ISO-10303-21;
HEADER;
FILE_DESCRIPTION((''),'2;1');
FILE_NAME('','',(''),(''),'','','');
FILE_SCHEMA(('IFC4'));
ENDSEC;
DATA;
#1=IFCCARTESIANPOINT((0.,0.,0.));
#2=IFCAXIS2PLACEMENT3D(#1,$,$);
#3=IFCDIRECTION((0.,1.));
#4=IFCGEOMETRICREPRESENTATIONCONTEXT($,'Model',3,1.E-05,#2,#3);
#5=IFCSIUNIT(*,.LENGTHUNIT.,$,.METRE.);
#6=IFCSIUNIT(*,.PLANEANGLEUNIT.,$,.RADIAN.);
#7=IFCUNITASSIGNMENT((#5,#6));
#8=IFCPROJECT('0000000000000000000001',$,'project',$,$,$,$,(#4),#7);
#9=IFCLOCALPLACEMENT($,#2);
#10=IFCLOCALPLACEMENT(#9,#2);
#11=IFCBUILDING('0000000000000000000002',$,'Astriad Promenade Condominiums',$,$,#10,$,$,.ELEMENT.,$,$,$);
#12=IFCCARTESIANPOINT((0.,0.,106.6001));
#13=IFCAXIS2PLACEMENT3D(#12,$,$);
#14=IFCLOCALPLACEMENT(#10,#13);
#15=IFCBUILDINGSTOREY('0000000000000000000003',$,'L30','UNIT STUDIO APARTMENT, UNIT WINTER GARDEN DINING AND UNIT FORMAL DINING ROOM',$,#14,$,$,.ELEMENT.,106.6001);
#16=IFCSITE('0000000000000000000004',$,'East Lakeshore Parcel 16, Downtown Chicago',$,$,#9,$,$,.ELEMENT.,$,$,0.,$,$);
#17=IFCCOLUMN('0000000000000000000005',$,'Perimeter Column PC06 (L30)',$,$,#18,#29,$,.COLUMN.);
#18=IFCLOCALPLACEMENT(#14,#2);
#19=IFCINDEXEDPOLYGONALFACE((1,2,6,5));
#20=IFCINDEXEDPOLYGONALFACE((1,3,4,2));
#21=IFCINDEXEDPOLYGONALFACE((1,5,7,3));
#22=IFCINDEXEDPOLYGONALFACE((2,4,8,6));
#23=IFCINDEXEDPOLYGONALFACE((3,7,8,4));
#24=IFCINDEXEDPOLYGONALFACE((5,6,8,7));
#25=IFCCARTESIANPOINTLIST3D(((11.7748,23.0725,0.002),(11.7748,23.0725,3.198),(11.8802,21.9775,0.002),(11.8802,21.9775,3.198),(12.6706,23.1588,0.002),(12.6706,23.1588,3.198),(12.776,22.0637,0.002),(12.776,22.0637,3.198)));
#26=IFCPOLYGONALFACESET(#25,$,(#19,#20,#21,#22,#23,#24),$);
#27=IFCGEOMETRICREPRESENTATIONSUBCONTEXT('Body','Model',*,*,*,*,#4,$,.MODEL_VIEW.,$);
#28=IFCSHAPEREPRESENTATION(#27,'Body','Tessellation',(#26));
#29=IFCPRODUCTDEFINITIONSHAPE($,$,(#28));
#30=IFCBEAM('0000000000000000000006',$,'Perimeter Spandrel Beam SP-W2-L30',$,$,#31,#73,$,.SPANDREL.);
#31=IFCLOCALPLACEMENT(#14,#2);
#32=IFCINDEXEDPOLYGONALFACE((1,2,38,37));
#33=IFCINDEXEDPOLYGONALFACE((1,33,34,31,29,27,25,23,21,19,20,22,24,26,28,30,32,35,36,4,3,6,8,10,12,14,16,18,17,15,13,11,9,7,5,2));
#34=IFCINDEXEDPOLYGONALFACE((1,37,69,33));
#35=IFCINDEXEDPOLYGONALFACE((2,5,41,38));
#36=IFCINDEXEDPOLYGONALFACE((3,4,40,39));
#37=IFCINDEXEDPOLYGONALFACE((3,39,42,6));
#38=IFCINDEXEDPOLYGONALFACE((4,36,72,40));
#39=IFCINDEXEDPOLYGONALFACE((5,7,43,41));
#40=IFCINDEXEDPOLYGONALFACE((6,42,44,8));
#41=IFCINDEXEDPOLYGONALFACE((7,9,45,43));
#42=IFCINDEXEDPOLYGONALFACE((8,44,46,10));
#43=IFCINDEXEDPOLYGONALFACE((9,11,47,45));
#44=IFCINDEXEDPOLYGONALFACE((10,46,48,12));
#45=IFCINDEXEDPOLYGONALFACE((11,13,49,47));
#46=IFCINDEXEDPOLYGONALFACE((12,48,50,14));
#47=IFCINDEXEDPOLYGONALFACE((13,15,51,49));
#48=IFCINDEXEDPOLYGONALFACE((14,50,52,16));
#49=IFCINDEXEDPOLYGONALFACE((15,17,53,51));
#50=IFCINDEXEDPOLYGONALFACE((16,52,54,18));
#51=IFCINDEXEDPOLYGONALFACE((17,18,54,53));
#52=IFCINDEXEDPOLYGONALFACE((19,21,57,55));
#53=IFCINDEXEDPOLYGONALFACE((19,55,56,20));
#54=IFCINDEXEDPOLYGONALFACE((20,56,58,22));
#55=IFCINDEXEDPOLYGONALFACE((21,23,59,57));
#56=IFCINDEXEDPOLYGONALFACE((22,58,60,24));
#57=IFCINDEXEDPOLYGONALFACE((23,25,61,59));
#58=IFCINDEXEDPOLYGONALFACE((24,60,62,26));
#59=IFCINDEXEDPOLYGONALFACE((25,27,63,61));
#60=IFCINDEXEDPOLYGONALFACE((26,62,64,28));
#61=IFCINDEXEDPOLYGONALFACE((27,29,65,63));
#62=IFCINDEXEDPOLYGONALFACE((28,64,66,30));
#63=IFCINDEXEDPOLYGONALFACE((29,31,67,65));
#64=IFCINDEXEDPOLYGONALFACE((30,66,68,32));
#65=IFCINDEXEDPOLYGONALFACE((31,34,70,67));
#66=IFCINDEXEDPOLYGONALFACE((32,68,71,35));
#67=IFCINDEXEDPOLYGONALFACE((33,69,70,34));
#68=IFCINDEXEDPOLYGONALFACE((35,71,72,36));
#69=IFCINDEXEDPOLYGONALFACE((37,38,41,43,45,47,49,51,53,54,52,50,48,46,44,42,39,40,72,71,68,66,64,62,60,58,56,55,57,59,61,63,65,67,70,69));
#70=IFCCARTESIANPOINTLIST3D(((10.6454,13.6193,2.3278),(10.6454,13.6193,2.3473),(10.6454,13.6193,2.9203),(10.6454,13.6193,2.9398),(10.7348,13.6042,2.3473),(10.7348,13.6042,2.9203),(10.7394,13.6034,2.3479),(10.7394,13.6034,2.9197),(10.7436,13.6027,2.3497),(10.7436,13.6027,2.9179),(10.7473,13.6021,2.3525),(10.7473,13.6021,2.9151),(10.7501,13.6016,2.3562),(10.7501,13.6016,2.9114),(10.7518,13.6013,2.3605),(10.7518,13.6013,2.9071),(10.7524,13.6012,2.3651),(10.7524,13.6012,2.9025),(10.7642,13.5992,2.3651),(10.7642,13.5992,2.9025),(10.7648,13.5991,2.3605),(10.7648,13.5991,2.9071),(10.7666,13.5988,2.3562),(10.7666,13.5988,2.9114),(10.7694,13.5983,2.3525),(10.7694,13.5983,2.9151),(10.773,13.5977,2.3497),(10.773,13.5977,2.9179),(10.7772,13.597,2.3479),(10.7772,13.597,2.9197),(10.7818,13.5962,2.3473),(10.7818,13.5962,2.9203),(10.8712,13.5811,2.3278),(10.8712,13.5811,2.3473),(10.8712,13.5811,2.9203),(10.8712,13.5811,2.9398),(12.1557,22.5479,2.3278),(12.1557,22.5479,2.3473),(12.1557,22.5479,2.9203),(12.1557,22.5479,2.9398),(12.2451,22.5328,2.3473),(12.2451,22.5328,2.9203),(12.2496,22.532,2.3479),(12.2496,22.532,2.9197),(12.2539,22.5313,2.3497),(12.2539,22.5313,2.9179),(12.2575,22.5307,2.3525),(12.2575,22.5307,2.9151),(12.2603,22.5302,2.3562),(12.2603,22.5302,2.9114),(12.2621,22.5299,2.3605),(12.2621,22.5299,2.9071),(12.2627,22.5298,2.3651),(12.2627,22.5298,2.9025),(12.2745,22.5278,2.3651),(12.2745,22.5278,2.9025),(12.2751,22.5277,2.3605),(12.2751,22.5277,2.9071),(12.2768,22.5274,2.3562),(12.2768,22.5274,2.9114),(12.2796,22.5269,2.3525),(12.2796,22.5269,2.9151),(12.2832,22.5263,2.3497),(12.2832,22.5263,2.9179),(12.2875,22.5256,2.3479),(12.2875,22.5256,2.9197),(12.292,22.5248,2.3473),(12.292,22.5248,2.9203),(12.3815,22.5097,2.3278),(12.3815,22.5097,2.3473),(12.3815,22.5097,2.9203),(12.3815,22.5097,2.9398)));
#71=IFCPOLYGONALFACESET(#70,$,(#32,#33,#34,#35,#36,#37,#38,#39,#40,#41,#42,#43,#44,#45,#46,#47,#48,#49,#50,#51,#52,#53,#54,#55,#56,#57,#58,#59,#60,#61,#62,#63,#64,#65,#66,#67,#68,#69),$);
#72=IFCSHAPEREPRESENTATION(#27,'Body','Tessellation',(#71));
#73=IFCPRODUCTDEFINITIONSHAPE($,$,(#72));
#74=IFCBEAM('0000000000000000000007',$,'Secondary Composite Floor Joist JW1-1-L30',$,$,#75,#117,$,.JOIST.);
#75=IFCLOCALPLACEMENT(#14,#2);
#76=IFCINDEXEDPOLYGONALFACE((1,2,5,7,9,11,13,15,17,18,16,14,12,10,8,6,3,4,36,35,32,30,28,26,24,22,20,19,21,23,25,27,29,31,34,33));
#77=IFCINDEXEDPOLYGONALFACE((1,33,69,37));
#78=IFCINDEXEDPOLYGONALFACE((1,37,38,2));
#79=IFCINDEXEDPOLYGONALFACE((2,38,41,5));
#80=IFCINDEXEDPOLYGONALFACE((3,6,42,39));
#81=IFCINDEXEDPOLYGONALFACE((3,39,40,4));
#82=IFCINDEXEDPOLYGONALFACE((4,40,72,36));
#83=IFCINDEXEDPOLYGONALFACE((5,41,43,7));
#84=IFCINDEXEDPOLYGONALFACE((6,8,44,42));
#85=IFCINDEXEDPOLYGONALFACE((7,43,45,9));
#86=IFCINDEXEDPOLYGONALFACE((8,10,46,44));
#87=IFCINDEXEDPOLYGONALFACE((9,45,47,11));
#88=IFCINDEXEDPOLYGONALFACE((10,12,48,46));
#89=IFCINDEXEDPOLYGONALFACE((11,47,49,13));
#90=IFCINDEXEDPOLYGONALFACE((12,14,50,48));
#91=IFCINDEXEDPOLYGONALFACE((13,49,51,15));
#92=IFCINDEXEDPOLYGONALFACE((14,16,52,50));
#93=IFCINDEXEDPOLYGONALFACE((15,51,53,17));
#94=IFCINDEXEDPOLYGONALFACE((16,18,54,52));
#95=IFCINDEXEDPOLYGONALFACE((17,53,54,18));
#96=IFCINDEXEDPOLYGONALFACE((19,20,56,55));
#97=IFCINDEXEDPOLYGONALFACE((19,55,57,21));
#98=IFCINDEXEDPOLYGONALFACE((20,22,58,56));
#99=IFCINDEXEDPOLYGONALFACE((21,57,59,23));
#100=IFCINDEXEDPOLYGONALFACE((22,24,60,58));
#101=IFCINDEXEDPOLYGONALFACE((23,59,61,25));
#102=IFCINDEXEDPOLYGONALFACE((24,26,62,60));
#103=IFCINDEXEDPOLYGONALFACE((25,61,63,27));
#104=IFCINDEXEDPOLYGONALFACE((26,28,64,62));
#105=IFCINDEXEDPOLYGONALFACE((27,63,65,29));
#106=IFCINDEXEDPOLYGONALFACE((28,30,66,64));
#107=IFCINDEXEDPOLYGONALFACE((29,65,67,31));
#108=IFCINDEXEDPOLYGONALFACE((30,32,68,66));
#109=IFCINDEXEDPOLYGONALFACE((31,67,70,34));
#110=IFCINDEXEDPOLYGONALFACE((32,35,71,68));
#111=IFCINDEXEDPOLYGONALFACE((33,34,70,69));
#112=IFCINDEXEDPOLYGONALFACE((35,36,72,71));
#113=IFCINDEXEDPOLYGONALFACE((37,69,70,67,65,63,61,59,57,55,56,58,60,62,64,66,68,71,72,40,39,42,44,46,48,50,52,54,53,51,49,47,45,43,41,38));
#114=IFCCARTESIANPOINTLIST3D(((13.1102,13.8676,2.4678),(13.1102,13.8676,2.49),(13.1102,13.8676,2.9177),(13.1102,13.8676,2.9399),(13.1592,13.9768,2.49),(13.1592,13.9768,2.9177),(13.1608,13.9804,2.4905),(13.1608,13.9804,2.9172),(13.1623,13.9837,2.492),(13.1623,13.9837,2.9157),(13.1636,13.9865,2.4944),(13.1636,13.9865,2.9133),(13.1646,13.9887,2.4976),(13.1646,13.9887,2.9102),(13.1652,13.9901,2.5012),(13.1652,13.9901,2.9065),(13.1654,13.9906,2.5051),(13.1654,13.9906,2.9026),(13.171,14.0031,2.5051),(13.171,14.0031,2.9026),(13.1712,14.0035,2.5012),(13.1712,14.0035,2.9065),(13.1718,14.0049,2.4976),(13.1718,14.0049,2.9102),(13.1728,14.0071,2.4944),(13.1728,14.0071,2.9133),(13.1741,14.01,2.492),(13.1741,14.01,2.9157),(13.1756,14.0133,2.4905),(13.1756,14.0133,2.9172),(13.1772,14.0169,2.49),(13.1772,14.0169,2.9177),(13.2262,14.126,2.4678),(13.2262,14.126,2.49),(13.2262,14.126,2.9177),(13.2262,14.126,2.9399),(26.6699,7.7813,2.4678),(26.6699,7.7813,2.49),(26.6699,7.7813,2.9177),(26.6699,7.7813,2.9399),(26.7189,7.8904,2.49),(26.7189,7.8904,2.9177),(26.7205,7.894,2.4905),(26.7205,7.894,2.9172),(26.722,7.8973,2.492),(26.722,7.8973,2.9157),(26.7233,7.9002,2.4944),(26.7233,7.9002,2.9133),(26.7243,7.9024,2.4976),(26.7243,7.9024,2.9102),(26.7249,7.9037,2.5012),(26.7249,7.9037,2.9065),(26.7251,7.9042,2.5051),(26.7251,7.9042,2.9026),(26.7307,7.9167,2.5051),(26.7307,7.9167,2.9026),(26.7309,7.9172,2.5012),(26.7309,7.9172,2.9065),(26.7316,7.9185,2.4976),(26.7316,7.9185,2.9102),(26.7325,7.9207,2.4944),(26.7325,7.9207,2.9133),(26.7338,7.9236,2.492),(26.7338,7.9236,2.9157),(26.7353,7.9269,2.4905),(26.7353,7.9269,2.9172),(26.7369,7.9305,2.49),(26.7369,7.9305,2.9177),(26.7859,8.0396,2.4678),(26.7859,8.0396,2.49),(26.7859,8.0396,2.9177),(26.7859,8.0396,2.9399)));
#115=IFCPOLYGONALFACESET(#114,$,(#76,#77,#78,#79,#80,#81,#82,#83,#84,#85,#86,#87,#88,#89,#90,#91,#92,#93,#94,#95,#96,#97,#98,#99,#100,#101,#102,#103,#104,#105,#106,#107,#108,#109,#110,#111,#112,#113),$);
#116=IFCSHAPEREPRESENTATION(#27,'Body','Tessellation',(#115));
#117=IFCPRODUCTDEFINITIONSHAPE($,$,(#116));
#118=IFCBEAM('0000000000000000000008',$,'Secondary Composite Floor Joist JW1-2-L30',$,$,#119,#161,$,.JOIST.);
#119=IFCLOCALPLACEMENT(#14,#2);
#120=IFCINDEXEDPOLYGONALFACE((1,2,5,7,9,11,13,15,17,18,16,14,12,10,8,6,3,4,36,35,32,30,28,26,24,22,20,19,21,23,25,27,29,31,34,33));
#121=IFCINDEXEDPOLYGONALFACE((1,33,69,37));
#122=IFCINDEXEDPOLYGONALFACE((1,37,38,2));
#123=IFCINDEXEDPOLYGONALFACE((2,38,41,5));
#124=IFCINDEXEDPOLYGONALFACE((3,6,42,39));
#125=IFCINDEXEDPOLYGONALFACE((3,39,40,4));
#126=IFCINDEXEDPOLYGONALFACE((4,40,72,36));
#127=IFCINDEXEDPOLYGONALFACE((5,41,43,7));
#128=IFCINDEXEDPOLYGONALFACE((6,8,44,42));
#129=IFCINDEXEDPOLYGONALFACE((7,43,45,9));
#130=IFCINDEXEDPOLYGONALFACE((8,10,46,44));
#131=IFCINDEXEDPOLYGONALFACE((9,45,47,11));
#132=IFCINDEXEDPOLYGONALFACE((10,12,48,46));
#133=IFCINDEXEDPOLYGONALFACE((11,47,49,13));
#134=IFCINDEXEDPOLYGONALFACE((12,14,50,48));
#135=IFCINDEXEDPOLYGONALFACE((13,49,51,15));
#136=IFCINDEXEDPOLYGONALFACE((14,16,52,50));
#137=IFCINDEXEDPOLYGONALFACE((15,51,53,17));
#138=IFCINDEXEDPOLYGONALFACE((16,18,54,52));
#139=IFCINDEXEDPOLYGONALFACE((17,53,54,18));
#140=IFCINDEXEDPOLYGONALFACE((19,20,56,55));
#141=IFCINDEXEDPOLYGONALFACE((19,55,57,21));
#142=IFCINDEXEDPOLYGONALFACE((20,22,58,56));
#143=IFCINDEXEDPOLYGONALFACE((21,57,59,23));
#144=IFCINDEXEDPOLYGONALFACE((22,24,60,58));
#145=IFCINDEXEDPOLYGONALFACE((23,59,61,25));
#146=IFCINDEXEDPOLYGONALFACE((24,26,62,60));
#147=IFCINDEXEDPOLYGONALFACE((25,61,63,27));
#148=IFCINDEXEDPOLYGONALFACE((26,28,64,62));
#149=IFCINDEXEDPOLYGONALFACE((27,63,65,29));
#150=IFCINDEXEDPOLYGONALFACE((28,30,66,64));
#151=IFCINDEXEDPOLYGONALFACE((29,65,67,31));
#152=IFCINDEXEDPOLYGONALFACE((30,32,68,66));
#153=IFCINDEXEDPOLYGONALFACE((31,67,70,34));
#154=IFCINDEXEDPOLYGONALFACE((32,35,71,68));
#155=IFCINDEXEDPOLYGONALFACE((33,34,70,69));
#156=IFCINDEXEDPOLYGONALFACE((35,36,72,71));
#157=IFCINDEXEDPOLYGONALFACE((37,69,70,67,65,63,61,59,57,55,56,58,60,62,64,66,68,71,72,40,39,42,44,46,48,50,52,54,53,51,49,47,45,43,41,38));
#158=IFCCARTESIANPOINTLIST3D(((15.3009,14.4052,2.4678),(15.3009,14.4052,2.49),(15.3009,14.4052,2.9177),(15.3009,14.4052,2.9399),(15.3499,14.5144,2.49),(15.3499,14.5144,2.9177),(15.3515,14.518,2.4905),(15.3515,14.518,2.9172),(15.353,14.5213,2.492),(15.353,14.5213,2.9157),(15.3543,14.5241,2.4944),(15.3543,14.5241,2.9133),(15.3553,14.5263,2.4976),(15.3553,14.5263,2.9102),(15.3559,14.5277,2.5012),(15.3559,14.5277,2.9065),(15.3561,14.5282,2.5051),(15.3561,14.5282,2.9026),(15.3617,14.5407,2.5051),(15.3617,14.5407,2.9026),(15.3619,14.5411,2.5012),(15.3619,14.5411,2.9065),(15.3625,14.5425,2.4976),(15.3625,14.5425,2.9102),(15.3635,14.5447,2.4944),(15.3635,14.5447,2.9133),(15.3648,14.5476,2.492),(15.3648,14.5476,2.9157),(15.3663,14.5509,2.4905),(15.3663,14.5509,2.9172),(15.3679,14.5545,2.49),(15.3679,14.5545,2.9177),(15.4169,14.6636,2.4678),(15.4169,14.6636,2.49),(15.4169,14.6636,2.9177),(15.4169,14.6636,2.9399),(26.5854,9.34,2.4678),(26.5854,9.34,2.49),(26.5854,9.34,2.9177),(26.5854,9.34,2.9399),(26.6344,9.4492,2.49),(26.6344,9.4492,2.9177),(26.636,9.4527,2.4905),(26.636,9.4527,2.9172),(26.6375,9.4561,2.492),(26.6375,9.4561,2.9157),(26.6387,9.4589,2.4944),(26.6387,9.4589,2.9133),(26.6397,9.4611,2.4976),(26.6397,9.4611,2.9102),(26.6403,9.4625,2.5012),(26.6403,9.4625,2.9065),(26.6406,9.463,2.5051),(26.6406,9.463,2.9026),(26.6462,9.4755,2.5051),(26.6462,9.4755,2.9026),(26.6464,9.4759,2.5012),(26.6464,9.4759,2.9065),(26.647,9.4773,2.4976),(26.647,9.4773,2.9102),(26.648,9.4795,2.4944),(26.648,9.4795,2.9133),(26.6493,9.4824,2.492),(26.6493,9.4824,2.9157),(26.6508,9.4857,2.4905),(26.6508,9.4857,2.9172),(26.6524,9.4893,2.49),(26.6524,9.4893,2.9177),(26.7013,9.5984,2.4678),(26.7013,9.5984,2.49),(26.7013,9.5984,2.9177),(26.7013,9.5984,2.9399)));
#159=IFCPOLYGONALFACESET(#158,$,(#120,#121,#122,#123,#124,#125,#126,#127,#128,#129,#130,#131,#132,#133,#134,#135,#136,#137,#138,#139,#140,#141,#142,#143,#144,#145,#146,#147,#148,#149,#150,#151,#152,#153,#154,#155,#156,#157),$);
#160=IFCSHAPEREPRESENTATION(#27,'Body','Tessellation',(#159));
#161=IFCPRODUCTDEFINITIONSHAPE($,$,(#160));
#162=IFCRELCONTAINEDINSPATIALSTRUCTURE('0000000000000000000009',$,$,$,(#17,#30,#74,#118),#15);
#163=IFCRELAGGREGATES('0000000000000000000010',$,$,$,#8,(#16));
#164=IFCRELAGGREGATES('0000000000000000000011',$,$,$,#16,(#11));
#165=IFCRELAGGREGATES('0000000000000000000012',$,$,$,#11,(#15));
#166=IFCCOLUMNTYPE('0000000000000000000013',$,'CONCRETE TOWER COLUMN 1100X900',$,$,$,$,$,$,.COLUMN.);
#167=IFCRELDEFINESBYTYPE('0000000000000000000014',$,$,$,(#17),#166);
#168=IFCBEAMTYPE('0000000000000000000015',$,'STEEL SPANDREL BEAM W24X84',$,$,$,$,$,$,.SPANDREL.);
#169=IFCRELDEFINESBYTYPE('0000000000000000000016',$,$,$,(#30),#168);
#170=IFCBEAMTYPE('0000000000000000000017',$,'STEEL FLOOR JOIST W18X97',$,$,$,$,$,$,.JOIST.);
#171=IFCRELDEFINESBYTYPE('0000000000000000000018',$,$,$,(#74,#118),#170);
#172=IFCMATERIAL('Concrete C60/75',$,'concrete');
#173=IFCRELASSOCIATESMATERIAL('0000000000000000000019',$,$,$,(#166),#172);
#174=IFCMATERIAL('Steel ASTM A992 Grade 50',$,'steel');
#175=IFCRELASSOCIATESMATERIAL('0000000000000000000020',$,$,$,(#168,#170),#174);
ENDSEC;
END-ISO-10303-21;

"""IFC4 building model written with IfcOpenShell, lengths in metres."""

from ifc_helpers import new_model, si_unit, direction, frame, origin, origin_2d, place, context, subcontext, project, spatial, rectangle, i_section, extrude, source, transform, mapped, material, material_profile, profile_set, type_object, type_shapes, element, save


model = new_model("IFC4")

# Units and contexts
model_context = context("Model", 3, precision=1e-05, world=origin(), true_north=direction((0.0, 1.0)))
body_context = subcontext(model_context, "Body", "Model", "MODEL_VIEW")
ifc_project = project(units=[si_unit("LENGTHUNIT", "METRE"), si_unit("PLANEANGLEUNIT", "RADIAN")], contexts=[model_context])

# Site, building, storey
site_placement = place(None, origin())
site = spatial("IfcSite", under=ifc_project, at=site_placement, Name="East Lakeshore Parcel 16, Downtown Chicago", CompositionType="ELEMENT", RefElevation=0.0)
building_placement = place(site_placement, origin())
building = spatial("IfcBuilding", under=site, at=building_placement, Name="Astriad Promenade Condominiums", CompositionType="ELEMENT")
storey_placement = place(building_placement, frame((0.0, 0.0, 106.6001)))
storey = spatial("IfcBuildingStorey", under=building, at=storey_placement, Name="L30", Description="UNIT STUDIO APARTMENT, UNIT WINTER GARDEN DINING AND UNIT FORMAL DINING ROOM", CompositionType="ELEMENT", Elevation=106.6001)

# Column
ifc_material_1 = material(Name="Concrete C60/75", Category="concrete")
ifc_material_profile_1 = material_profile(ifc_material_1, rectangle(XDim=0.8999, YDim=1.1001, at=origin_2d()), Name="RC-COL-1100X900")
ifc_profile_set_1 = profile_set([ifc_material_profile_1], Name="Concrete C60/75")
column_type = type_object("IfcColumnType", Name="CONCRETE TOWER COLUMN 1100X900", PredefinedType="COLUMN", material=ifc_profile_set_1)
shared_shape_1 = source(origin(), body_context, "Body", "SweptSolid", [
    extrude(rectangle(XDim=0.8999, YDim=1.1001, at=origin_2d()), origin(), (0.0, 0.0, 1.0), 3.196),
])
type_shapes(column_type, [shared_shape_1])
column_placement = place(storey_placement, frame((12.2754, 22.5681, 0.002), z_axis=(0.0, 0.0, 1.0), x_axis=(0.995396, 0.095846, 0.0)))
element("IfcColumn", 1, at=column_placement, inside=storey, type_object=column_type, Name="Perimeter Column PC06 (L30)", PredefinedType="COLUMN", context=body_context, shape_type="MappedRepresentation", body=[
    mapped(shared_shape_1, transform((0.0, 0.0, 0.0), scale=1.0)),
])

# Beams
ifc_material_2 = material(Name="Steel ASTM A992 Grade 50", Category="steel")
ifc_material_profile_2 = material_profile(ifc_material_2, i_section(OverallWidth=0.229, OverallDepth=0.6121, WebThickness=0.012, FlangeThickness=0.0195, FilletRadius=0.0178, at=origin_2d()), Name="W24X84")
ifc_profile_set_2 = profile_set([ifc_material_profile_2], Name="Steel ASTM A992 Grade 50")
beam_type_1 = type_object("IfcBeamType", Name="STEEL SPANDREL BEAM W24X84", PredefinedType="SPANDREL", material=ifc_profile_set_2)
shared_shape_2 = source(origin(), body_context, "Body", "SweptSolid", [
    extrude(i_section(OverallWidth=0.229, OverallDepth=0.6121, WebThickness=0.012, FlangeThickness=0.0195, FilletRadius=0.0178, at=origin_2d()), origin(), (0.0, 0.0, 1.0), 9.0554),
])
type_shapes(beam_type_1, [shared_shape_2])
beam_1_placement = place(storey_placement, frame((12.2686, 22.5288, 2.6338), z_axis=(-0.166777, -0.985995, 0.0), x_axis=(0.985995, -0.166777, 0.0)))
element("IfcBeam", 2, at=beam_1_placement, inside=storey, type_object=beam_type_1, Name="Perimeter Spandrel Beam SP-W2-L30", PredefinedType="SPANDREL", context=body_context, shape_type="MappedRepresentation", body=[
    mapped(shared_shape_2, transform((0.0, 0.0, 0.0), scale=1.0)),
])
ifc_material_profile_3 = material_profile(ifc_material_2, i_section(OverallWidth=0.2832, OverallDepth=0.4722, WebThickness=0.0137, FlangeThickness=0.0222, FilletRadius=0.0151, at=origin_2d()), Name="W18X97")
ifc_profile_set_3 = profile_set([ifc_material_profile_3], Name="Steel ASTM A992 Grade 50")
beam_type_2 = type_object("IfcBeamType", Name="STEEL FLOOR JOIST W18X97", PredefinedType="JOIST", material=ifc_profile_set_3)
shared_shape_3 = source(origin(), body_context, "Body", "SweptSolid", [
    extrude(i_section(OverallWidth=0.2832, OverallDepth=0.4722, WebThickness=0.0137, FlangeThickness=0.0222, FilletRadius=0.0151, at=origin_2d()), origin(), (0.0, 0.0, 1.0), 14.863),
])
beam_2_placement = place(storey_placement, frame((13.1682, 13.9968, 2.7039), z_axis=(0.912311, -0.409498, 0.0), x_axis=(0.409498, 0.912311, 0.0)))
element("IfcBeam", 3, at=beam_2_placement, inside=storey, type_object=beam_type_2, Name="Secondary Composite Floor Joist JW1-1-L30", PredefinedType="JOIST", context=body_context, shape_type="MappedRepresentation", body=[
    mapped(shared_shape_3, transform((0.0, 0.0, 0.0), scale=1.0)),
])
shared_shape_4 = source(origin(), body_context, "Body", "SweptSolid", [
    extrude(i_section(OverallWidth=0.2832, OverallDepth=0.4722, WebThickness=0.0137, FlangeThickness=0.0222, FilletRadius=0.0151, at=origin_2d()), origin(), (0.0, 0.0, 1.0), 12.3691),
])
beam_3_placement = place(storey_placement, frame((15.3589, 14.5344, 2.7039), z_axis=(0.912309, -0.409504, 0.0), x_axis=(0.409504, 0.912309, 0.0)))
element("IfcBeam", 4, at=beam_3_placement, inside=storey, type_object=beam_type_2, Name="Secondary Composite Floor Joist JW1-2-L30", PredefinedType="JOIST", context=body_context, shape_type="MappedRepresentation", body=[
    mapped(shared_shape_4, transform((0.0, 0.0, 0.0), scale=1.0)),
])

save(model, "model.ifc")
